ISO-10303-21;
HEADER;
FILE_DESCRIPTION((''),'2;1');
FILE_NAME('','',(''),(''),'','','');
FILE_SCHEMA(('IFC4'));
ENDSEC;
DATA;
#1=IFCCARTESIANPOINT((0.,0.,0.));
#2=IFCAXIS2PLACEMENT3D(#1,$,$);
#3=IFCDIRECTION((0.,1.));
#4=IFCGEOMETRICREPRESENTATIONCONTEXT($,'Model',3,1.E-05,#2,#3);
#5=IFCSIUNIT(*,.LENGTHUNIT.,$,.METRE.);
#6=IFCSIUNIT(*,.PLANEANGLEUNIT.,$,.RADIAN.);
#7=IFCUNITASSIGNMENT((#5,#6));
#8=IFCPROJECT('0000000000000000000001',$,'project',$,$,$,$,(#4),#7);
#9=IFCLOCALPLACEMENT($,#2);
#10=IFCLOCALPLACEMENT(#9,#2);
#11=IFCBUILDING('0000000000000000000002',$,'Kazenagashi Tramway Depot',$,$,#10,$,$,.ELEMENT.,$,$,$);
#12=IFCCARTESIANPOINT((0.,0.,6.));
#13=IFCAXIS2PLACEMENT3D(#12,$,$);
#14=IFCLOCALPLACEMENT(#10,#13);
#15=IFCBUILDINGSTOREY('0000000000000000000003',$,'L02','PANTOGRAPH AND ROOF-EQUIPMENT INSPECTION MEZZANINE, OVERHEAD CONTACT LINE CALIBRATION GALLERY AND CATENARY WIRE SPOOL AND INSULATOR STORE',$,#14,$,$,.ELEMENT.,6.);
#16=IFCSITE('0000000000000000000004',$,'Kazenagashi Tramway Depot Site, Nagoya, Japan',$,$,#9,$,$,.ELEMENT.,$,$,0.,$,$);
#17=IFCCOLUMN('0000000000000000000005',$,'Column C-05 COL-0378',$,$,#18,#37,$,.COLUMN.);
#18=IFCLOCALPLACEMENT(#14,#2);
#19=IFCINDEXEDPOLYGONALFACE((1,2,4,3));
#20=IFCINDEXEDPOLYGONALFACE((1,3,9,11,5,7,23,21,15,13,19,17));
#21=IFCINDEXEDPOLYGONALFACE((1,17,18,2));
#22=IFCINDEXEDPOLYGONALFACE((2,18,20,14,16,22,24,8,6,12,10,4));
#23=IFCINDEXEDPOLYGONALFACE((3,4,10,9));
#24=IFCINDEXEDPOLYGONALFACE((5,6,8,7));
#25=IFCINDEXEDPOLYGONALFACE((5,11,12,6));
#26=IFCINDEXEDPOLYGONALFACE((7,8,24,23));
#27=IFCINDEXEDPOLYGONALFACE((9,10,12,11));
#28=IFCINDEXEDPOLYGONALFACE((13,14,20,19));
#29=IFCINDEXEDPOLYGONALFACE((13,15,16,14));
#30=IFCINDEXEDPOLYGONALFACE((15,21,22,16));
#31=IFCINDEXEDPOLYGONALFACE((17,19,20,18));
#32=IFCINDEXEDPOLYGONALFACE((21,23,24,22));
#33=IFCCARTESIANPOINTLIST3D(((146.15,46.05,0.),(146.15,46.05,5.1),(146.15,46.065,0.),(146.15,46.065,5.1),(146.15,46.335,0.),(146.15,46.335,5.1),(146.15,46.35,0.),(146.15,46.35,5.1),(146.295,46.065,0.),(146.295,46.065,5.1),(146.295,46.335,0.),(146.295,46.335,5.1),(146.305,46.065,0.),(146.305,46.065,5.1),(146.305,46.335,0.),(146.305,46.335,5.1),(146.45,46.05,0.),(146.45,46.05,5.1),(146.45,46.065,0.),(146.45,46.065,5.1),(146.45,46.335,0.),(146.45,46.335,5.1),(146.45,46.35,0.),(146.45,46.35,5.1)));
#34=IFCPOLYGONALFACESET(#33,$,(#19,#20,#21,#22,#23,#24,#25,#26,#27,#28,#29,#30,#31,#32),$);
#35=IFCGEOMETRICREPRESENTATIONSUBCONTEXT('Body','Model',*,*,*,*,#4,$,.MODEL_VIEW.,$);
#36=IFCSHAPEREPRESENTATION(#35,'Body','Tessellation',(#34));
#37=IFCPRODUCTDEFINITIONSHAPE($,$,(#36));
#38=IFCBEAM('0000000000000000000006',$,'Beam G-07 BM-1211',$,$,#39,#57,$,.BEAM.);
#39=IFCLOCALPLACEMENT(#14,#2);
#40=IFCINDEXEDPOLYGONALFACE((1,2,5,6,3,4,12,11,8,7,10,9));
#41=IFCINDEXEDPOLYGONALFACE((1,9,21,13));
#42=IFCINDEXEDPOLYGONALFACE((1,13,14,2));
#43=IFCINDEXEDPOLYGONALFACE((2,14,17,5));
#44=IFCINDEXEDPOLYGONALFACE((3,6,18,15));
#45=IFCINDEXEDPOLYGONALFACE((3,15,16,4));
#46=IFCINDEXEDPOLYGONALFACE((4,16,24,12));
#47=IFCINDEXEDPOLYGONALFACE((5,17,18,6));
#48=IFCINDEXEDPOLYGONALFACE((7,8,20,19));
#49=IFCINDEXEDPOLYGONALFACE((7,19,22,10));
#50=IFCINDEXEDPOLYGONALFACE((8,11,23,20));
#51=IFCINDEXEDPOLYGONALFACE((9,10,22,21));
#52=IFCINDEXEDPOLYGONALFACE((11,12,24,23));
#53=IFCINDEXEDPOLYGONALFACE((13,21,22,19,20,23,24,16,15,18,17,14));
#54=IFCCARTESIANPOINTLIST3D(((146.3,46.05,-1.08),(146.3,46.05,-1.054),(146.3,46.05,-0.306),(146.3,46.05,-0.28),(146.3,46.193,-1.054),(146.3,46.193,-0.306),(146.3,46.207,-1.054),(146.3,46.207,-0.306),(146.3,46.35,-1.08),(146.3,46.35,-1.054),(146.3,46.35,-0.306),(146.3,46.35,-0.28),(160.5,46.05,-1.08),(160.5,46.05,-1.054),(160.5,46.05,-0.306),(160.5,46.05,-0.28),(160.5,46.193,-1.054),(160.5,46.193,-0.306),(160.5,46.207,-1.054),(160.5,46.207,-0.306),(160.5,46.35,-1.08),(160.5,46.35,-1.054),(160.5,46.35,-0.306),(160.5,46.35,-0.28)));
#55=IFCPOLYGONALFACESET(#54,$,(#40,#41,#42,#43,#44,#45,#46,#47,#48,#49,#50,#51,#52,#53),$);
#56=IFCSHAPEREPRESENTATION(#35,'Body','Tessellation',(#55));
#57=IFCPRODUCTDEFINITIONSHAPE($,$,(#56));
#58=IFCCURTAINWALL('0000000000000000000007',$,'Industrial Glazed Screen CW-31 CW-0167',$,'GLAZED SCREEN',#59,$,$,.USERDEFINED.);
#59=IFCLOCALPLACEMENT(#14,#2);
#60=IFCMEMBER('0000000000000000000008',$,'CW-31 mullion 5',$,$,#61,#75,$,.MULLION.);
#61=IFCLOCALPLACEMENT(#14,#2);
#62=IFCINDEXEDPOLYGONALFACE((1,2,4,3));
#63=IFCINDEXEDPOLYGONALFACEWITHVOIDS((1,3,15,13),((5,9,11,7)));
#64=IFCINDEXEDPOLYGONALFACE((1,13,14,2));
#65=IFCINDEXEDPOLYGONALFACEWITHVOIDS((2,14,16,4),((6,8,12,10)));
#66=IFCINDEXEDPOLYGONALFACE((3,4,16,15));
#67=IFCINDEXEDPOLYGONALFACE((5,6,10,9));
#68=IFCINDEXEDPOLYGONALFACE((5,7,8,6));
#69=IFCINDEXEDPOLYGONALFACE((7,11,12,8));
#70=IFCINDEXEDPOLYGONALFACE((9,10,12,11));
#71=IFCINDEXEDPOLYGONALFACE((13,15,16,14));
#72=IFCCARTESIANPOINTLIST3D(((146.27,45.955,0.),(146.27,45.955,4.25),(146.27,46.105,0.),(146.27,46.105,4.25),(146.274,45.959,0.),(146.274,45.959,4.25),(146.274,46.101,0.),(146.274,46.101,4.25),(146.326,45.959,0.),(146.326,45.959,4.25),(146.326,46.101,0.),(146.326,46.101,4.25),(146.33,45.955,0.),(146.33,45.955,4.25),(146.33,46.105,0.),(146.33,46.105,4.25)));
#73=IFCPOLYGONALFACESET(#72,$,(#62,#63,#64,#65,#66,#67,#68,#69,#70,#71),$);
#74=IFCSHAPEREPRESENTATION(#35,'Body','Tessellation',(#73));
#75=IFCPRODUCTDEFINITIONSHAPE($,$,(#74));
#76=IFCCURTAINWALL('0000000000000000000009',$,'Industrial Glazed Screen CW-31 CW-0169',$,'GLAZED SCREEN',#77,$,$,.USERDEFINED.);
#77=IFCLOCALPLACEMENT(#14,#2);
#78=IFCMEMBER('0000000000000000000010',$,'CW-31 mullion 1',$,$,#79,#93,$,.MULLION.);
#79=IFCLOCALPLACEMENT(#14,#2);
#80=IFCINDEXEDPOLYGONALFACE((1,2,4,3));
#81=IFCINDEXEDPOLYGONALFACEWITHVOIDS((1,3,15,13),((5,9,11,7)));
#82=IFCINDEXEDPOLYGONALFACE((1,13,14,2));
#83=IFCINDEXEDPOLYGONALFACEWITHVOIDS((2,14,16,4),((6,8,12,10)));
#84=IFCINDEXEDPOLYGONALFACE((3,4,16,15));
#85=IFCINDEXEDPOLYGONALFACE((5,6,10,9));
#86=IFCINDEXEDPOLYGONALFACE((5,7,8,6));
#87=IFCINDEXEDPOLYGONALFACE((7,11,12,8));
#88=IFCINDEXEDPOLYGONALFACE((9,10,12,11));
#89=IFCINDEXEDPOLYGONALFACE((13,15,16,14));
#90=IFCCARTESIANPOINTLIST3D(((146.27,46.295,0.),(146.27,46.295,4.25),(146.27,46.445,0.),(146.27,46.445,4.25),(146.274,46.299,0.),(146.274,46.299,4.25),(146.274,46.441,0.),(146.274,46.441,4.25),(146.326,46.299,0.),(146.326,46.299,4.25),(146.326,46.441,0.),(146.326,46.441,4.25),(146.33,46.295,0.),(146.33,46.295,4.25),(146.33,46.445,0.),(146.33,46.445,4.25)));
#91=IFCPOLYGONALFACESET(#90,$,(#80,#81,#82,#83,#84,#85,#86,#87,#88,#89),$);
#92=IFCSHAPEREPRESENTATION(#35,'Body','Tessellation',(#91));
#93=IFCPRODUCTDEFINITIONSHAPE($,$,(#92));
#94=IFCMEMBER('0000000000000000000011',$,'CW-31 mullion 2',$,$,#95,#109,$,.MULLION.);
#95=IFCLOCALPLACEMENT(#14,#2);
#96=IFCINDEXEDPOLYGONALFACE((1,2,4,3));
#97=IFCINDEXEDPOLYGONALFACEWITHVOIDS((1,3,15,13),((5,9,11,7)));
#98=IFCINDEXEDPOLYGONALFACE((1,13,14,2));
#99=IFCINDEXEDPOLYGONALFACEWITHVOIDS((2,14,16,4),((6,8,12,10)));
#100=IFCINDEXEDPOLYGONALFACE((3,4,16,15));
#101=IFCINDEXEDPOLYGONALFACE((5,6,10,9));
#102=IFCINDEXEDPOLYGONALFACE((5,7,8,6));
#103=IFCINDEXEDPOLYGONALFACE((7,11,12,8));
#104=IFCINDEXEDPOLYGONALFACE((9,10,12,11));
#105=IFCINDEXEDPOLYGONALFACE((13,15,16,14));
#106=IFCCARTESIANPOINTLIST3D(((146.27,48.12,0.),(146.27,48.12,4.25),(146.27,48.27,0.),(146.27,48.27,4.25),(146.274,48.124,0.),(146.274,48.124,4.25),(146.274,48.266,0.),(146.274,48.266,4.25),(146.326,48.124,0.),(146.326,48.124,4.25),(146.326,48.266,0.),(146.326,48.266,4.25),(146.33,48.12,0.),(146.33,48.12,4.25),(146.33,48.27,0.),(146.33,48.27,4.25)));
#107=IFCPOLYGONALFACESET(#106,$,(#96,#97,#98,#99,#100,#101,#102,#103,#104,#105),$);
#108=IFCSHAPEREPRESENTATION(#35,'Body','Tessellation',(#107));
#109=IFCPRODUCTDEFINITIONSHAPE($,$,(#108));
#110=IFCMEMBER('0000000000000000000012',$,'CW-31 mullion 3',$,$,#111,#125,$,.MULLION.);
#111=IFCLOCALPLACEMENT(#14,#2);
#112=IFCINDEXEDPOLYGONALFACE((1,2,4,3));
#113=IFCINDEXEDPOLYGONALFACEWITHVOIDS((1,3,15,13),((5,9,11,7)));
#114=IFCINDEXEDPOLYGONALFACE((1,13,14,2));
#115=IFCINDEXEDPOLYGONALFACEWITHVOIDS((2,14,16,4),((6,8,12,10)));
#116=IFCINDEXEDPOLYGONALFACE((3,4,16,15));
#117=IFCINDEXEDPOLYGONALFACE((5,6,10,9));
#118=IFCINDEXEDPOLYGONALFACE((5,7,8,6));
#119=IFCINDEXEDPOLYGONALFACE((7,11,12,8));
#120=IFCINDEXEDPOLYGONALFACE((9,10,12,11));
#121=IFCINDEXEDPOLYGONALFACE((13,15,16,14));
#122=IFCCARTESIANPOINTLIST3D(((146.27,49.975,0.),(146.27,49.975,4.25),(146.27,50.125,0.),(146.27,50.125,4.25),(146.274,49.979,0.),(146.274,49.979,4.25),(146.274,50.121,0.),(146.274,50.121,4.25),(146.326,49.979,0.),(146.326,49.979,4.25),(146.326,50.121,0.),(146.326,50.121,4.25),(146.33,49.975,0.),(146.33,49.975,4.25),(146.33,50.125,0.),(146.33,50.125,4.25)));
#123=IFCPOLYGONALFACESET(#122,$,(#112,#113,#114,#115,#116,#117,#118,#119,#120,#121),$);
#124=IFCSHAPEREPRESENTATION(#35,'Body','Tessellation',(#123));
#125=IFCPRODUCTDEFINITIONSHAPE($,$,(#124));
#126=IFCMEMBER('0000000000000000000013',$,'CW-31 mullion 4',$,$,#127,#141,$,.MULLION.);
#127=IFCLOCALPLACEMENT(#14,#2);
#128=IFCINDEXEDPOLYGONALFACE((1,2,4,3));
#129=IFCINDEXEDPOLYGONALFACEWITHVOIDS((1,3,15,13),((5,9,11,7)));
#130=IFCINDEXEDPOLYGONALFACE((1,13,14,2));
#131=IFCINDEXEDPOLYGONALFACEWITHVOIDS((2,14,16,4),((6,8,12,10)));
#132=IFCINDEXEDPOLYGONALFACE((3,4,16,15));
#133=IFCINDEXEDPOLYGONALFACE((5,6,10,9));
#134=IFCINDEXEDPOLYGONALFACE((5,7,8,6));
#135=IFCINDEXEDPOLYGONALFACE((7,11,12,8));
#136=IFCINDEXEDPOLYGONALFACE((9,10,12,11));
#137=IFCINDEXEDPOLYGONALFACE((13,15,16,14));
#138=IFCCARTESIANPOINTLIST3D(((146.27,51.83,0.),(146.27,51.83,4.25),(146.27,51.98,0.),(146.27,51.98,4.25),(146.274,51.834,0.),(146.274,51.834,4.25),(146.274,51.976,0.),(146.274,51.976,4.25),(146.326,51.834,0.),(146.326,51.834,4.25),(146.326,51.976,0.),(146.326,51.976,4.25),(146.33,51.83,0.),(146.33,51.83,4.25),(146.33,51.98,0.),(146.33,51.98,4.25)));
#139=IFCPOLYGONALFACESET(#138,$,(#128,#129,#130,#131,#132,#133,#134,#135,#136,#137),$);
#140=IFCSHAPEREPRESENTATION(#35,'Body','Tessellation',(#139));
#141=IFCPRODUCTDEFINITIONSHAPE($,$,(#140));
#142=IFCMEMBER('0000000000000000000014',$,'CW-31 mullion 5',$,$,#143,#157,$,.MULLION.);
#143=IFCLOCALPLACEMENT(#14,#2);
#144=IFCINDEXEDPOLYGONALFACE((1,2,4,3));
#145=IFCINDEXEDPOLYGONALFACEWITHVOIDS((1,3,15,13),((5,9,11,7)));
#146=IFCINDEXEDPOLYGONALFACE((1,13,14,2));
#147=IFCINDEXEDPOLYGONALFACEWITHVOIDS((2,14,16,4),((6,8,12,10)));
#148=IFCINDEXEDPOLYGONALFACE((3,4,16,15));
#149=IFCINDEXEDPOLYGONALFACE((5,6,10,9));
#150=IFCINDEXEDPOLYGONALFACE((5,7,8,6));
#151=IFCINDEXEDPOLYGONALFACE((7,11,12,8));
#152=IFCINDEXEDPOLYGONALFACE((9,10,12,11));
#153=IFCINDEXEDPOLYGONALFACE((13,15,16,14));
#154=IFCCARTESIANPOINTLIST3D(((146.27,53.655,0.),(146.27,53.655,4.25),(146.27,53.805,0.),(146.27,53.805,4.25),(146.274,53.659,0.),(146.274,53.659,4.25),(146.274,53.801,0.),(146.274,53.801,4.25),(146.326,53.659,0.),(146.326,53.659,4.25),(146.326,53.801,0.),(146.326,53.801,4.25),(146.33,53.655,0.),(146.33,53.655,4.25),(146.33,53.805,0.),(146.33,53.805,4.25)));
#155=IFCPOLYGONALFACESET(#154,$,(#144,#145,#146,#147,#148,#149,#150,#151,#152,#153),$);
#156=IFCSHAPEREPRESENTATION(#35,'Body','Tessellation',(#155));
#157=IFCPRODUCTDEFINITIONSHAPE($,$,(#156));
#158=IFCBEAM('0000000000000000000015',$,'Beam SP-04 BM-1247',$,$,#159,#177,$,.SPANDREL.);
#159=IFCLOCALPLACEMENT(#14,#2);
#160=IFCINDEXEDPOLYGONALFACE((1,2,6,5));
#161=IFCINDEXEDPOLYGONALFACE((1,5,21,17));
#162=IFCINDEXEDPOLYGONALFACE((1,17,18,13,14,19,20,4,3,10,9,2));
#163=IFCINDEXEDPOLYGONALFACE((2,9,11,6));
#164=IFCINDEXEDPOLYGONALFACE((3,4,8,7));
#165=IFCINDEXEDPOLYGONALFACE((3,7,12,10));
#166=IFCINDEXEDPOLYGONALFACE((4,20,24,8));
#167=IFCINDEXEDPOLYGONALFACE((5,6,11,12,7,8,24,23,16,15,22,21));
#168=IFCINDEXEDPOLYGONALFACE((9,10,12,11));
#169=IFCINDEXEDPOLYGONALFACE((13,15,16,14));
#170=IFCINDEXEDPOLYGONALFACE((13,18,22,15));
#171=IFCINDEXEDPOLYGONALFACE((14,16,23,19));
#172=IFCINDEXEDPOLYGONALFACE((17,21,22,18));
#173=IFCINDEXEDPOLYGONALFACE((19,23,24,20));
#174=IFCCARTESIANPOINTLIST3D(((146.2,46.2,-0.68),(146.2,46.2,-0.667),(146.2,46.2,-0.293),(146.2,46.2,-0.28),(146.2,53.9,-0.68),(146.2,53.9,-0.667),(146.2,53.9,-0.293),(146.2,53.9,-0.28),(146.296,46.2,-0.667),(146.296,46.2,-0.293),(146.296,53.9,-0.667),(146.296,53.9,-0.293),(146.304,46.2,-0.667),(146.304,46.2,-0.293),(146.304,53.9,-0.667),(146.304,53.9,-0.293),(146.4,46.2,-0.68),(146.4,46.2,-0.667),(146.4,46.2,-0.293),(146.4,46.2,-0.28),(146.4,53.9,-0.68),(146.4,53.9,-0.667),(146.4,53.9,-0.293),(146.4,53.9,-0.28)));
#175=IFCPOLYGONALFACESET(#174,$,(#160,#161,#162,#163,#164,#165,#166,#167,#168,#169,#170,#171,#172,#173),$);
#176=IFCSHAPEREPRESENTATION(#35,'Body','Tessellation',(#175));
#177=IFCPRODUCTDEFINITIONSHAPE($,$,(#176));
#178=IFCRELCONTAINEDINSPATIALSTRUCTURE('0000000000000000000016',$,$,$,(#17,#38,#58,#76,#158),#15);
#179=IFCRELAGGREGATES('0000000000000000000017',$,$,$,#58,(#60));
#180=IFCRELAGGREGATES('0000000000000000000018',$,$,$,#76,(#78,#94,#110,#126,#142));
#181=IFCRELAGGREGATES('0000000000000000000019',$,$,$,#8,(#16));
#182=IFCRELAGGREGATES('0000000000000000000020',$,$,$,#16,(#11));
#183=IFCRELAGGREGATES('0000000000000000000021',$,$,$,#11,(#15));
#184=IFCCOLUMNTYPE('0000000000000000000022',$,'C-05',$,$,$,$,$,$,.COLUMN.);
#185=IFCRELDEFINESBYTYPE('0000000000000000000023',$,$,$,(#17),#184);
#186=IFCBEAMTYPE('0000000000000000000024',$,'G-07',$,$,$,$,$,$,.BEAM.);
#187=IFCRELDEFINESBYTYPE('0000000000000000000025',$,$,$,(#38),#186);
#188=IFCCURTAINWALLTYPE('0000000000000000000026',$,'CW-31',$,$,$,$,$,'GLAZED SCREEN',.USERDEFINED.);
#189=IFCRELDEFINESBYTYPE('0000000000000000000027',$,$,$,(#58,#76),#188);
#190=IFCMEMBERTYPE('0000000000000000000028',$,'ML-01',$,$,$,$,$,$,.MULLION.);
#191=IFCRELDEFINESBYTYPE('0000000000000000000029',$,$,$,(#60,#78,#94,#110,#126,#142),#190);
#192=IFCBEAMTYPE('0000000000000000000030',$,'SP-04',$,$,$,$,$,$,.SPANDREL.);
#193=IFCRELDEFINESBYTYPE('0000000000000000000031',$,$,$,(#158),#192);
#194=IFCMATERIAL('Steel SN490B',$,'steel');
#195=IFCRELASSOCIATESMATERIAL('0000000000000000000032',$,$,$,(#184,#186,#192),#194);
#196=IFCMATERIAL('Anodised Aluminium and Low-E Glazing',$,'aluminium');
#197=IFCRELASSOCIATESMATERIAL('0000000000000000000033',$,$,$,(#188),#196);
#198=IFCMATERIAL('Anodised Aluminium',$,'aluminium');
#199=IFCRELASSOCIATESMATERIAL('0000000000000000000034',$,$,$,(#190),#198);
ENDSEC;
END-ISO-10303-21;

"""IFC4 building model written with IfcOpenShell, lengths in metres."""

from ifc_helpers import new_model, si_unit, direction, frame, origin, origin_2d, place, context, subcontext, project, spatial, hollow_rectangle, i_section, extrude, material, material_profile, profile_set, type_object, element, aggregate, save


model = new_model("IFC4")

# Units and contexts
model_context = context("Model", 3, precision=1e-05, world=origin(), true_north=direction((0.0, 1.0)))
body_context = subcontext(model_context, "Body", "Model", "MODEL_VIEW")
ifc_project = project(units=[si_unit("LENGTHUNIT", "METRE"), si_unit("PLANEANGLEUNIT", "RADIAN")], contexts=[model_context])

# Site, building, storey
site_placement = place(None, origin())
site = spatial("IfcSite", under=ifc_project, at=site_placement, Name="Kazenagashi Tramway Depot Site, Nagoya, Japan", CompositionType="ELEMENT", RefElevation=0.0)
building_placement = place(site_placement, origin())
building = spatial("IfcBuilding", under=site, at=building_placement, Name="Kazenagashi Tramway Depot", CompositionType="ELEMENT")
storey_placement = place(building_placement, frame((0.0, 0.0, 6.0)))
storey = spatial("IfcBuildingStorey", under=building, at=storey_placement, Name="L02", Description="PANTOGRAPH AND ROOF-EQUIPMENT INSPECTION MEZZANINE, OVERHEAD CONTACT LINE CALIBRATION GALLERY AND CATENARY WIRE SPOOL AND INSULATOR STORE", CompositionType="ELEMENT", Elevation=6.0)

# Column
ifc_material_1 = material(Name="Steel SN490B", Category="steel")
ifc_material_profile_1 = material_profile(ifc_material_1, i_section(OverallWidth=0.3, OverallDepth=0.3, WebThickness=0.01, FlangeThickness=0.015, at=origin_2d()), Name="H-300x300x10x15")
ifc_profile_set_1 = profile_set([ifc_material_profile_1], Name="Steel SN490B")
column_type = type_object("IfcColumnType", Name="C-05", PredefinedType="COLUMN", material=ifc_profile_set_1)
column_placement = place(storey_placement, frame((146.3, 46.2, 0.0), z_axis=(0.0, 0.0, 1.0), x_axis=(1.0, 0.0, 0.0)))
element("IfcColumn", 1, at=column_placement, inside=storey, type_object=column_type, Name="Column C-05 COL-0378", PredefinedType="COLUMN", context=body_context, shape_type="SweptSolid", body=[
    extrude(i_section(OverallWidth=0.3, OverallDepth=0.3, WebThickness=0.01, FlangeThickness=0.015, at=origin_2d()), origin(), (0.0, 0.0, 1.0), 5.1),
])

# Beam
ifc_material_profile_2 = material_profile(ifc_material_1, i_section(OverallWidth=0.3, OverallDepth=0.8, WebThickness=0.014, FlangeThickness=0.026, at=origin_2d()), Name="H-800x300x14x26")
ifc_profile_set_2 = profile_set([ifc_material_profile_2], Name="Steel SN490B")
beam_type_1 = type_object("IfcBeamType", Name="G-07", PredefinedType="BEAM", material=ifc_profile_set_2)
beam_1_placement = place(storey_placement, frame((146.3, 46.2, -0.68), z_axis=(1.0, 0.0, 0.0), x_axis=(0.0, 1.0, 0.0)))
element("IfcBeam", 2, at=beam_1_placement, inside=storey, type_object=beam_type_1, Name="Beam G-07 BM-1211", PredefinedType="BEAM", context=body_context, shape_type="SweptSolid", body=[
    extrude(i_section(OverallWidth=0.3, OverallDepth=0.8, WebThickness=0.014, FlangeThickness=0.026, at=origin_2d()), origin(), (0.0, 0.0, 1.0), 14.2),
])

# Curtain wall, member
ifc_material_2 = material(Name="Anodised Aluminium and Low-E Glazing", Category="aluminium")
curtain_wall_type = type_object("IfcCurtainWallType", Name="CW-31", ElementType="GLAZED SCREEN", PredefinedType="USERDEFINED", material=ifc_material_2)
curtain_wall_1_placement = place(storey_placement, origin())
curtain_wall_1 = element("IfcCurtainWall", 3, at=curtain_wall_1_placement, inside=storey, type_object=curtain_wall_type, Name="Industrial Glazed Screen CW-31 CW-0167", ObjectType="GLAZED SCREEN", PredefinedType="USERDEFINED")
ifc_material_3 = material(Name="Anodised Aluminium", Category="aluminium")
ifc_material_profile_3 = material_profile(ifc_material_3, hollow_rectangle(XDim=0.06, YDim=0.15, WallThickness=0.004, at=origin_2d()), Name="RHS-150x60x4")
ifc_profile_set_3 = profile_set([ifc_material_profile_3], Name="Anodised Aluminium")
member_type_1 = type_object("IfcMemberType", Name="ML-01", PredefinedType="MULLION", material=ifc_profile_set_3)
member_1_placement = place(storey_placement, frame((146.3, 46.03, 0.0), z_axis=(0.0, 0.0, 1.0), x_axis=(-1.0, 0.0, 0.0)))
member_1 = element("IfcMember", 4, at=member_1_placement, type_object=member_type_1, Name="CW-31 mullion 5", PredefinedType="MULLION", context=body_context, shape_type="SweptSolid", body=[
    extrude(hollow_rectangle(XDim=0.06, YDim=0.15, WallThickness=0.004, at=origin_2d()), origin(), (0.0, 0.0, 1.0), 4.25),
])

# Curtain wall, members
curtain_wall_2_placement = place(storey_placement, origin())
curtain_wall_2 = element("IfcCurtainWall", 5, at=curtain_wall_2_placement, inside=storey, type_object=curtain_wall_type, Name="Industrial Glazed Screen CW-31 CW-0169", ObjectType="GLAZED SCREEN", PredefinedType="USERDEFINED")
member_2_placement = place(storey_placement, frame((146.3, 46.37, 0.0), z_axis=(0.0, 0.0, 1.0), x_axis=(-1.0, 0.0, 0.0)))
member_2 = element("IfcMember", 6, at=member_2_placement, type_object=member_type_1, Name="CW-31 mullion 1", PredefinedType="MULLION", context=body_context, shape_type="SweptSolid", body=[
    extrude(hollow_rectangle(XDim=0.06, YDim=0.15, WallThickness=0.004, at=origin_2d()), origin(), (0.0, 0.0, 1.0), 4.25),
])
member_3_placement = place(storey_placement, frame((146.3, 48.195, 0.0), z_axis=(0.0, 0.0, 1.0), x_axis=(-1.0, 0.0, 0.0)))
member_3 = element("IfcMember", 7, at=member_3_placement, type_object=member_type_1, Name="CW-31 mullion 2", PredefinedType="MULLION", context=body_context, shape_type="SweptSolid", body=[
    extrude(hollow_rectangle(XDim=0.06, YDim=0.15, WallThickness=0.004, at=origin_2d()), origin(), (0.0, 0.0, 1.0), 4.25),
])
member_4_placement = place(storey_placement, frame((146.3, 50.05, 0.0), z_axis=(0.0, 0.0, 1.0), x_axis=(-1.0, 0.0, 0.0)))
member_4 = element("IfcMember", 8, at=member_4_placement, type_object=member_type_1, Name="CW-31 mullion 3", PredefinedType="MULLION", context=body_context, shape_type="SweptSolid", body=[
    extrude(hollow_rectangle(XDim=0.06, YDim=0.15, WallThickness=0.004, at=origin_2d()), origin(), (0.0, 0.0, 1.0), 4.25),
])
member_5_placement = place(storey_placement, frame((146.3, 51.905, 0.0), z_axis=(0.0, 0.0, 1.0), x_axis=(-1.0, 0.0, 0.0)))
member_5 = element("IfcMember", 9, at=member_5_placement, type_object=member_type_1, Name="CW-31 mullion 4", PredefinedType="MULLION", context=body_context, shape_type="SweptSolid", body=[
    extrude(hollow_rectangle(XDim=0.06, YDim=0.15, WallThickness=0.004, at=origin_2d()), origin(), (0.0, 0.0, 1.0), 4.25),
])
member_6_placement = place(storey_placement, frame((146.3, 53.73, 0.0), z_axis=(0.0, 0.0, 1.0), x_axis=(-1.0, 0.0, 0.0)))
member_6 = element("IfcMember", 10, at=member_6_placement, type_object=member_type_1, Name="CW-31 mullion 5", PredefinedType="MULLION", context=body_context, shape_type="SweptSolid", body=[
    extrude(hollow_rectangle(XDim=0.06, YDim=0.15, WallThickness=0.004, at=origin_2d()), origin(), (0.0, 0.0, 1.0), 4.25),
])

# Beam
ifc_material_profile_4 = material_profile(ifc_material_1, i_section(OverallWidth=0.2, OverallDepth=0.4, WebThickness=0.008, FlangeThickness=0.013, at=origin_2d()), Name="H-400x200x8x13")
ifc_profile_set_4 = profile_set([ifc_material_profile_4], Name="Steel SN490B")
beam_type_2 = type_object("IfcBeamType", Name="SP-04", PredefinedType="SPANDREL", material=ifc_profile_set_4)
beam_2_placement = place(storey_placement, frame((146.3, 46.2, -0.48), z_axis=(0.0, 1.0, 0.0), x_axis=(-1.0, 0.0, 0.0)))
element("IfcBeam", 11, at=beam_2_placement, inside=storey, type_object=beam_type_2, Name="Beam SP-04 BM-1247", PredefinedType="SPANDREL", context=body_context, shape_type="SweptSolid", body=[
    extrude(i_section(OverallWidth=0.2, OverallDepth=0.4, WebThickness=0.008, FlangeThickness=0.013, at=origin_2d()), origin(), (0.0, 0.0, 1.0), 7.7),
])

aggregate(curtain_wall_1, [member_1])
aggregate(curtain_wall_2, [member_2, member_3, member_4, member_5, member_6])

save(model, "model.ifc")
